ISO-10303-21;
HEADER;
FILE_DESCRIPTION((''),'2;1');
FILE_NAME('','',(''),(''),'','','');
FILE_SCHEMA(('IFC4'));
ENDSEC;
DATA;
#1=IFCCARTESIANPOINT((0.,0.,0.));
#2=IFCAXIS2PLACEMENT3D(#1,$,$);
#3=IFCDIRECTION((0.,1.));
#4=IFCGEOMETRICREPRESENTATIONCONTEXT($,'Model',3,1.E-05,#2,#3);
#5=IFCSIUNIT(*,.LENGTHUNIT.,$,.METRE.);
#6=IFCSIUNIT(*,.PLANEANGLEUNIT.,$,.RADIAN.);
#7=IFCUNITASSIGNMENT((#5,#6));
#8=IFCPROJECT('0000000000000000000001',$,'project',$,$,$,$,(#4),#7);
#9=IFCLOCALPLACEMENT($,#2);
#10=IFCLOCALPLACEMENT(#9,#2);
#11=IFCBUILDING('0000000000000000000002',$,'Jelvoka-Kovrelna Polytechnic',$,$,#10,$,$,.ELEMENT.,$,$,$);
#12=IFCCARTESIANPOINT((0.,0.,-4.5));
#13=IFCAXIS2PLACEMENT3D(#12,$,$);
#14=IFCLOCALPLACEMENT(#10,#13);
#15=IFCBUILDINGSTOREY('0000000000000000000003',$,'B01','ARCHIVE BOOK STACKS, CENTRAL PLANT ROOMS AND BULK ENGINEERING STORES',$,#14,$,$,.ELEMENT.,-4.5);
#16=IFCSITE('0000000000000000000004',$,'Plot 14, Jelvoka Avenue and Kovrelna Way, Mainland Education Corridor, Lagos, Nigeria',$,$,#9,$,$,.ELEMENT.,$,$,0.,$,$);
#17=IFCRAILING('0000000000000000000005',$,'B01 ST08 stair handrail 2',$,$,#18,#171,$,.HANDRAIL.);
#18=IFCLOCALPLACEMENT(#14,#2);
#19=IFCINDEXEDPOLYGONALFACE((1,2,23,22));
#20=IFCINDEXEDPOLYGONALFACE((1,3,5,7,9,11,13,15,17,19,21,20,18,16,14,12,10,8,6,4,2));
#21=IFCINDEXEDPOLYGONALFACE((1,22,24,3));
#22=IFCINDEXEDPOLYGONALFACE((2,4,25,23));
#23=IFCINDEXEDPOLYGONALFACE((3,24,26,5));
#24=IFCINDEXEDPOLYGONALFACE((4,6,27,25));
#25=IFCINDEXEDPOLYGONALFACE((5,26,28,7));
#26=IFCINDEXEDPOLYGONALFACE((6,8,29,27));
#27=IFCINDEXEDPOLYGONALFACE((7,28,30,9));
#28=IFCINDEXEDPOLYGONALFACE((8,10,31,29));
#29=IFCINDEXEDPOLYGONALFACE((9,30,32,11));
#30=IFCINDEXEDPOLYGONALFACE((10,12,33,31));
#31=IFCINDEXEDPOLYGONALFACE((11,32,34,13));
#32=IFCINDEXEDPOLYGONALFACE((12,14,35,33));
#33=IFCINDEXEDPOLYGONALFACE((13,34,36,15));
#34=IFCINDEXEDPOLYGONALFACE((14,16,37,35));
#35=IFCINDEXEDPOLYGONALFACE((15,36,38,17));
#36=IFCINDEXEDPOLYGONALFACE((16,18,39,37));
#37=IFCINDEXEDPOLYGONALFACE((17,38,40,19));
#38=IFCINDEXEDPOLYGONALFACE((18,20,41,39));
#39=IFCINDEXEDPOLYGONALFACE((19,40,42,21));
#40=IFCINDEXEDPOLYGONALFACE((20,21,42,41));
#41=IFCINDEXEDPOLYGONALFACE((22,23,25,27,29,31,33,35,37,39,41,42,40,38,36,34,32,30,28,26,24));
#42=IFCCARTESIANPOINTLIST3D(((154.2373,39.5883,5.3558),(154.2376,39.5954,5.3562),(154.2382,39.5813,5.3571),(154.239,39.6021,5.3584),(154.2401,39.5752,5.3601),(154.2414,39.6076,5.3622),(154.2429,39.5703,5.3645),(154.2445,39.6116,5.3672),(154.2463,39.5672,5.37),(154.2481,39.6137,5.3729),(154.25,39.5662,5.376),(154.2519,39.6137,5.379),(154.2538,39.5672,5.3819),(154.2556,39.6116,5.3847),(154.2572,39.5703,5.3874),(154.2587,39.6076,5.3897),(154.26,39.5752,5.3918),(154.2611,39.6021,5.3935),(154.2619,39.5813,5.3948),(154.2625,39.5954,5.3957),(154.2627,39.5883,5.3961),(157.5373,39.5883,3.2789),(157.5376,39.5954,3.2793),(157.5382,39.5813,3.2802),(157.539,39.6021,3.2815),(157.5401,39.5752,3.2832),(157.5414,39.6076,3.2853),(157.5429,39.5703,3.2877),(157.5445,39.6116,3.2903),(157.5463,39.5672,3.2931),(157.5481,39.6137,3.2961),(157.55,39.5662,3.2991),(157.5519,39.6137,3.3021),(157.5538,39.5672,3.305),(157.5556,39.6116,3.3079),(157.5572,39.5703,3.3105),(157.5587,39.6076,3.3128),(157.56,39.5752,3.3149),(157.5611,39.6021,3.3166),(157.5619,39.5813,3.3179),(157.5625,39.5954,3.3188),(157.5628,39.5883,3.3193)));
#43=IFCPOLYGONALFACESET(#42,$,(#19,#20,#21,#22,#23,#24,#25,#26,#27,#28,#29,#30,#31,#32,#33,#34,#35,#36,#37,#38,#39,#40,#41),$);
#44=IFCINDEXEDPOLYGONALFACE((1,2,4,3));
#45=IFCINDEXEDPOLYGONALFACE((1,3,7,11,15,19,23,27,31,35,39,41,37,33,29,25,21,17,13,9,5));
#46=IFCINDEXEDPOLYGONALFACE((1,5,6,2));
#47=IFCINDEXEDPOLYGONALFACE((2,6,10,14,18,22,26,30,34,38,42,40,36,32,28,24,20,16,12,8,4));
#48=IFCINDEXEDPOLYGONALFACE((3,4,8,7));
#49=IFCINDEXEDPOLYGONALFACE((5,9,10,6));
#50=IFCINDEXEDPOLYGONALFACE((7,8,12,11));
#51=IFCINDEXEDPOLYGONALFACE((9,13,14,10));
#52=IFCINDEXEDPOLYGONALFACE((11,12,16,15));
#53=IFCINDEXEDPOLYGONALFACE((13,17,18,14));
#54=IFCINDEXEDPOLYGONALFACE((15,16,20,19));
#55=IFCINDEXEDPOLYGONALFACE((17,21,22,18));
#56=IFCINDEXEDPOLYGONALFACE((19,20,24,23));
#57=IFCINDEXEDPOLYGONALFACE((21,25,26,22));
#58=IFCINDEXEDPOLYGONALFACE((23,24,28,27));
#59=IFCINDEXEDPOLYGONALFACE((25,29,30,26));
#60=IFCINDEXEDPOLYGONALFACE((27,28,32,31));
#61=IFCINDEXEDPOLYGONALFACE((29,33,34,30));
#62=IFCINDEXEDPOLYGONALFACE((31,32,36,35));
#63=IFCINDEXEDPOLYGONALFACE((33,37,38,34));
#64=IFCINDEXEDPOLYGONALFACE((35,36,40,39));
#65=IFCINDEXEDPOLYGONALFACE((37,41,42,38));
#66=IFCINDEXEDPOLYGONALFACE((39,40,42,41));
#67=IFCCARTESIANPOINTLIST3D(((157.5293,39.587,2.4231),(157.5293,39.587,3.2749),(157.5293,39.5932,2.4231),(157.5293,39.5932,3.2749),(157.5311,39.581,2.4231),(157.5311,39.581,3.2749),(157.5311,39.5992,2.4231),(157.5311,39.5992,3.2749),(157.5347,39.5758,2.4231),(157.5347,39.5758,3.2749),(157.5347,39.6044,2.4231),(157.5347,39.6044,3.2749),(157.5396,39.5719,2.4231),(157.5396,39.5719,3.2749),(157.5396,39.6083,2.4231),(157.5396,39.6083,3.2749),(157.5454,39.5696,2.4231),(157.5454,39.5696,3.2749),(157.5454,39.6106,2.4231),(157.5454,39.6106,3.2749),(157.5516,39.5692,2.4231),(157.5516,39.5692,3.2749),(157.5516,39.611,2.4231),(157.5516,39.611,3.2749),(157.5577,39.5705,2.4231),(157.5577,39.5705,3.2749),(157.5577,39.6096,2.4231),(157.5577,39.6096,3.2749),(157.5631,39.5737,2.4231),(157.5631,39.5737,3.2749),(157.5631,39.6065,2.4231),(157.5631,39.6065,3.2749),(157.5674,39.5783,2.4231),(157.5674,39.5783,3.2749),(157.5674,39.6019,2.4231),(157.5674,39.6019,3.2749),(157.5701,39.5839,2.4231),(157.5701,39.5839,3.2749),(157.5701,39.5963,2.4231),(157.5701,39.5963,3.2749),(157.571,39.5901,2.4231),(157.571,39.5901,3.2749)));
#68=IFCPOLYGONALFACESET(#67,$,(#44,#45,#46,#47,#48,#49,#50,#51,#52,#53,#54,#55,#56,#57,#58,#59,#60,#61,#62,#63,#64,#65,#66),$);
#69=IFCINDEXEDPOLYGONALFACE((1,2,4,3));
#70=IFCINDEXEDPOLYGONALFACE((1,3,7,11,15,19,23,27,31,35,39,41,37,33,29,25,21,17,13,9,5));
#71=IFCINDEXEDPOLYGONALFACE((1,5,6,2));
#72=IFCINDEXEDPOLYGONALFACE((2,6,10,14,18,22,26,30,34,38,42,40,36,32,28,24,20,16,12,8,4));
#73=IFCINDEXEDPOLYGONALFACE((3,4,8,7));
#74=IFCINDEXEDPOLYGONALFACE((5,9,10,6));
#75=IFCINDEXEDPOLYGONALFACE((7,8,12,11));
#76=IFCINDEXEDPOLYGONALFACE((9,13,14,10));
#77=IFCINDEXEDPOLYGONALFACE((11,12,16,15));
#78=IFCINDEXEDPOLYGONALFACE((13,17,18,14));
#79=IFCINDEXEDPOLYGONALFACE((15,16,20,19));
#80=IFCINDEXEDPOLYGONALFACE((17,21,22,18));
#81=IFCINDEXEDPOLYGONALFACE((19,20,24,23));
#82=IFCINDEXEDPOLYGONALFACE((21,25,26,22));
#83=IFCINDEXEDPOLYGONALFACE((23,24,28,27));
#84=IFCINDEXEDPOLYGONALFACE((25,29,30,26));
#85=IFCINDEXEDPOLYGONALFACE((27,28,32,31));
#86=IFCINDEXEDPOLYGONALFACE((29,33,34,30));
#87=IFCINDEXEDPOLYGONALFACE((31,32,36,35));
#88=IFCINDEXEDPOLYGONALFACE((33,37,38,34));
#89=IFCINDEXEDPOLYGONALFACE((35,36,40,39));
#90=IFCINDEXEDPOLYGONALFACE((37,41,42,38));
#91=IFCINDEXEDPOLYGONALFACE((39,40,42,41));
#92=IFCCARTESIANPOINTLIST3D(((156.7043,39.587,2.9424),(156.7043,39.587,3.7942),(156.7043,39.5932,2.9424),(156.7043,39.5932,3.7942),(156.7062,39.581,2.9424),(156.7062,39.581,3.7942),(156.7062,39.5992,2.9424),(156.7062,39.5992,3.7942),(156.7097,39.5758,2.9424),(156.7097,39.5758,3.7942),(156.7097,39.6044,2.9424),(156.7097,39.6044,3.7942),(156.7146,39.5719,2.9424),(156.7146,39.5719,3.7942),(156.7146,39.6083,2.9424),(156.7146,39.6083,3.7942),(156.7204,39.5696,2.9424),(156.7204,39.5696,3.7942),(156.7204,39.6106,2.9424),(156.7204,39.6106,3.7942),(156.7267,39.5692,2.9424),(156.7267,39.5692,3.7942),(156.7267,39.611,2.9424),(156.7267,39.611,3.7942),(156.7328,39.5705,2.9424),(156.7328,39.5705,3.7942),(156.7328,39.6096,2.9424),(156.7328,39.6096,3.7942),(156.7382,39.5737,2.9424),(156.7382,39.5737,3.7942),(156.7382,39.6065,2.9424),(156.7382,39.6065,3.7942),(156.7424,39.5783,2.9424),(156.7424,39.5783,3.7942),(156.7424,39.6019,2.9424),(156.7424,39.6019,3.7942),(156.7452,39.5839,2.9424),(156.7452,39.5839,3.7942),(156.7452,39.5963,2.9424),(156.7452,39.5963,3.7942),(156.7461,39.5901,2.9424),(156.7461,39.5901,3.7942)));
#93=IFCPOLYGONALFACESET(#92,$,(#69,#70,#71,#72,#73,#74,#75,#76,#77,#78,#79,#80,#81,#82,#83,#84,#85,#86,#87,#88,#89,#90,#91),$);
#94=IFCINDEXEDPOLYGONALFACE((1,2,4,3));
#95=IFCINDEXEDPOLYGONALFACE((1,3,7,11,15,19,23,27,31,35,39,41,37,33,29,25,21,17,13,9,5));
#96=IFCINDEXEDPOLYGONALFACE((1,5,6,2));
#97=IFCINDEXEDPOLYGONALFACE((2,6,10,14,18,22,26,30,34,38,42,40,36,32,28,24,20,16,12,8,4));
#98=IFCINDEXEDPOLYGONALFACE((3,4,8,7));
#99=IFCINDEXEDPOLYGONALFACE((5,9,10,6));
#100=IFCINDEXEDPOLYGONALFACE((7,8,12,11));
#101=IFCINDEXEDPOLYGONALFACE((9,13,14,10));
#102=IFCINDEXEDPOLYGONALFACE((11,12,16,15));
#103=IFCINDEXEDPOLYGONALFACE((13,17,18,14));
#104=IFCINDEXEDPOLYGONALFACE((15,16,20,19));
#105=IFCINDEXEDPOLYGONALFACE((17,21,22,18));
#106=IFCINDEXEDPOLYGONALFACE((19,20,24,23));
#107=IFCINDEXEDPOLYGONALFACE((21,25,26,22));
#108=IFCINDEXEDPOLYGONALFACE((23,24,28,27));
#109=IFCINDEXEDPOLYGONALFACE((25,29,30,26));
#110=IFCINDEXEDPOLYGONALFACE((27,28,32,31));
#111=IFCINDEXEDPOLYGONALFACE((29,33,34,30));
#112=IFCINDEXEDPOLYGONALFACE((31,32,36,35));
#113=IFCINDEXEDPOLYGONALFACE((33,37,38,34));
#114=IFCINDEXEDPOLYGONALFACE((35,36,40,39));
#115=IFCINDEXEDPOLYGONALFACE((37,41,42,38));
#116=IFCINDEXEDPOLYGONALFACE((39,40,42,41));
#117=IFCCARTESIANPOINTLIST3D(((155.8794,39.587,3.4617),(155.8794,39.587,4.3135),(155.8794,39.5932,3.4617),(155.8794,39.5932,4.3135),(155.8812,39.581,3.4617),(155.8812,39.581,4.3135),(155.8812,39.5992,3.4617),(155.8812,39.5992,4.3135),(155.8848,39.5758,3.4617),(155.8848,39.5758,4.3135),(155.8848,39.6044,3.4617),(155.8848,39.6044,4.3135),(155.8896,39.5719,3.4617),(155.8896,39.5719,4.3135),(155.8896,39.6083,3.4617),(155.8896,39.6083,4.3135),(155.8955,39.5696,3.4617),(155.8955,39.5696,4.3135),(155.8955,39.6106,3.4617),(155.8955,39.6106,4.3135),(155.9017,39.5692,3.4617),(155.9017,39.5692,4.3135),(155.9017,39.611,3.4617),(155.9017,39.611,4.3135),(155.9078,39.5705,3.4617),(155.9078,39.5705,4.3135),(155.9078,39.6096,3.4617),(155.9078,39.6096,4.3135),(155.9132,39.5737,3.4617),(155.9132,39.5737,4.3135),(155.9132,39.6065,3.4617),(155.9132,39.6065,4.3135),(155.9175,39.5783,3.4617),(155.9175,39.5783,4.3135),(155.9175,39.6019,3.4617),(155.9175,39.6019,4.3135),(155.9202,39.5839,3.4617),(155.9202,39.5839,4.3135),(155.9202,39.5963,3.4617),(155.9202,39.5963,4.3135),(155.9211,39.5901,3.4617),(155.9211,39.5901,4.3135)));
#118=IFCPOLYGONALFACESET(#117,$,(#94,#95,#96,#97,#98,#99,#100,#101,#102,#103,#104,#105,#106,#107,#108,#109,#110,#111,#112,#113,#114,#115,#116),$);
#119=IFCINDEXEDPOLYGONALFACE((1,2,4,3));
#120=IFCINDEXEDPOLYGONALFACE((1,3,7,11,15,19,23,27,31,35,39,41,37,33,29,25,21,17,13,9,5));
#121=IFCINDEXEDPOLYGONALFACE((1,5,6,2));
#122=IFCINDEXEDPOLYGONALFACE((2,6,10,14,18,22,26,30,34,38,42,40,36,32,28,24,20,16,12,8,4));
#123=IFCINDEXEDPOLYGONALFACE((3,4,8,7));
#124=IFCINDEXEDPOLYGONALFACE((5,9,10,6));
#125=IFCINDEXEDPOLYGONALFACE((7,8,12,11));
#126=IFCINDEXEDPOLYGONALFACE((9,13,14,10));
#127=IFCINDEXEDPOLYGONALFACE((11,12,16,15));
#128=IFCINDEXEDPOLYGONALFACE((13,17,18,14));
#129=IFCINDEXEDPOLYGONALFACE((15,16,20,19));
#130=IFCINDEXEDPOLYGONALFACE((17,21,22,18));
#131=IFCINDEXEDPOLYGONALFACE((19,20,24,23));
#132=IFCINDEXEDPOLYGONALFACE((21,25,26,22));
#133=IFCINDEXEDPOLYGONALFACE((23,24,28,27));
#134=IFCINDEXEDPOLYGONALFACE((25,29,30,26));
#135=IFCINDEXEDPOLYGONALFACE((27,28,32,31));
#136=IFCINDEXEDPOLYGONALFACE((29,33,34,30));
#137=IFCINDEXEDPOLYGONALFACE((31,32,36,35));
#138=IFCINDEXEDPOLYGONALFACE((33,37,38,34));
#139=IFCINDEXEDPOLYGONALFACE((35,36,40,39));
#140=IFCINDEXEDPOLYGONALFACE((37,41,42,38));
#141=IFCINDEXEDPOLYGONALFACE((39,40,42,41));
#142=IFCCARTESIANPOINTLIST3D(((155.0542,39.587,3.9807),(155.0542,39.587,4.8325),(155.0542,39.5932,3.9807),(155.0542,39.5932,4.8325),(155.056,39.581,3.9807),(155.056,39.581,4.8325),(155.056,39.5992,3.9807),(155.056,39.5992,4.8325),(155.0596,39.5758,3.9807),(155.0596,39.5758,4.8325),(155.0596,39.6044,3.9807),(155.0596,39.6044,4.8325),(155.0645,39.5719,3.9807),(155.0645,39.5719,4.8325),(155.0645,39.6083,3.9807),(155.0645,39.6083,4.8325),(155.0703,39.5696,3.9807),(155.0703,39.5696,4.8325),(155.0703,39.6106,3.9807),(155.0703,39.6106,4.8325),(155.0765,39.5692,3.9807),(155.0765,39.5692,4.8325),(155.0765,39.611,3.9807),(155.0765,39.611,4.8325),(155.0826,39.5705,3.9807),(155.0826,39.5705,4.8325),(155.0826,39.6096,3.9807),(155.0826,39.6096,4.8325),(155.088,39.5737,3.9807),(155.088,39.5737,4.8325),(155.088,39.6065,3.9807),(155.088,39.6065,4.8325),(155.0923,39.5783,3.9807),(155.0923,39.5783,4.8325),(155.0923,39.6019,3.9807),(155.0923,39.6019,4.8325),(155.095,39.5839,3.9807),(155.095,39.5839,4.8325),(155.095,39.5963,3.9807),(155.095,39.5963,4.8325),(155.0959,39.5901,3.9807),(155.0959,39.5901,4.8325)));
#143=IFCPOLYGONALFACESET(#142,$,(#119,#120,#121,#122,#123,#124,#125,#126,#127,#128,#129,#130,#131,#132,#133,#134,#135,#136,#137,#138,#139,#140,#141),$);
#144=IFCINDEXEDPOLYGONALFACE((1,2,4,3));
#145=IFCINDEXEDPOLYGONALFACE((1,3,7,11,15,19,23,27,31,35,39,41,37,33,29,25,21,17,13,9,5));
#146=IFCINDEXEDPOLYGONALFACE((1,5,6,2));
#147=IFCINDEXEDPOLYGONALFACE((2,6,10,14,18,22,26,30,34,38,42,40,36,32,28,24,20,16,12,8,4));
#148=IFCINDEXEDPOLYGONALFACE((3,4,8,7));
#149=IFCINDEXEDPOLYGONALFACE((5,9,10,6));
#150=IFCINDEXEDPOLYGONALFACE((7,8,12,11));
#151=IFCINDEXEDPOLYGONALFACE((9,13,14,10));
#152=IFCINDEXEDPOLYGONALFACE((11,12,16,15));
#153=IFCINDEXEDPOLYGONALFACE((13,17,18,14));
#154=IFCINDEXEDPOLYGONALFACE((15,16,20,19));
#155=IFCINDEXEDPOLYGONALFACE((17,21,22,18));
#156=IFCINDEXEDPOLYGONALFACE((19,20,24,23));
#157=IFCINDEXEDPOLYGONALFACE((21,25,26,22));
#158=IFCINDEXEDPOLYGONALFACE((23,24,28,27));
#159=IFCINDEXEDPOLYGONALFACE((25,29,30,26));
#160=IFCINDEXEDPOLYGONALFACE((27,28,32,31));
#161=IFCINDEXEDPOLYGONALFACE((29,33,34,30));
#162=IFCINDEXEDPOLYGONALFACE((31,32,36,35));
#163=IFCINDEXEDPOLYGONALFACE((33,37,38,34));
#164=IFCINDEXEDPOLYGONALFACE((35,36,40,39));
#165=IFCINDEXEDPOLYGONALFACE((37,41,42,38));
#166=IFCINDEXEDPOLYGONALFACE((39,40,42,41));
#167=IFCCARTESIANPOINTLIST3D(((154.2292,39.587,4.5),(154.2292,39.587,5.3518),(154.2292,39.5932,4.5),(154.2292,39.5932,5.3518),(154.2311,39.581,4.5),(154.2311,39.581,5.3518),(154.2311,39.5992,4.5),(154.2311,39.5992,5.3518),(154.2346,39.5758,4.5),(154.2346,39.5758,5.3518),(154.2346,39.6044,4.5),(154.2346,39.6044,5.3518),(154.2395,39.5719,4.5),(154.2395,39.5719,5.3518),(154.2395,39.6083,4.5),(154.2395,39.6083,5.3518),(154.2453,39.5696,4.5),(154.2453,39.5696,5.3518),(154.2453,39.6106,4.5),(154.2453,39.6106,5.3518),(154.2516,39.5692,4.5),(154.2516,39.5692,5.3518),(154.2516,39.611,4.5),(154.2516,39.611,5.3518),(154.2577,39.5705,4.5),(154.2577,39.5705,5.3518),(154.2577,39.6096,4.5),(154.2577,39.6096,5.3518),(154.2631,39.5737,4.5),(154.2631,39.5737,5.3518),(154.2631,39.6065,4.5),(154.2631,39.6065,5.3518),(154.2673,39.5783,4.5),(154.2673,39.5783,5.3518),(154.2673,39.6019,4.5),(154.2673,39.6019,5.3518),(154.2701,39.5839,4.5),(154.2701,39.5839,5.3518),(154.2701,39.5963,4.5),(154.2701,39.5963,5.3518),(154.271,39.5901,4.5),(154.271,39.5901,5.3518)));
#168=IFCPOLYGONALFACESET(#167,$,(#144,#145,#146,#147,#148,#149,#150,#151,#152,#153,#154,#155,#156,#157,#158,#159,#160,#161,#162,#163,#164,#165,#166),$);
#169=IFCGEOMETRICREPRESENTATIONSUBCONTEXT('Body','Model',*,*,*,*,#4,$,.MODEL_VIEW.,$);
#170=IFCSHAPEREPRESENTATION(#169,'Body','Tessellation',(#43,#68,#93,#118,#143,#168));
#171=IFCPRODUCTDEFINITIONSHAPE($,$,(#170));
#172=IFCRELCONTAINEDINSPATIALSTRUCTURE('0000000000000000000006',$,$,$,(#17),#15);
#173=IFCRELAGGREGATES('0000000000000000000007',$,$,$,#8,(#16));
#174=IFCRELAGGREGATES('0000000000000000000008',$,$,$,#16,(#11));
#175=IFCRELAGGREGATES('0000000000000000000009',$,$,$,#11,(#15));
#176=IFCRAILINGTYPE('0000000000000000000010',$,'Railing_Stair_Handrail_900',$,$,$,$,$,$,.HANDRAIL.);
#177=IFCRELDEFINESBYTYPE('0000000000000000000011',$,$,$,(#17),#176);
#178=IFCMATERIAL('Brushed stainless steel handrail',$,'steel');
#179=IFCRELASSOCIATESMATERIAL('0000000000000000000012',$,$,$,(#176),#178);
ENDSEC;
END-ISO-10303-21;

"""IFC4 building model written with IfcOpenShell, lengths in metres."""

from ifc_helpers import new_model, si_unit, direction, frame, origin, origin_2d, place, context, subcontext, project, spatial, circle, extrude, material, type_object, element, save


model = new_model("IFC4")

# Units and contexts
model_context = context("Model", 3, precision=1e-05, world=origin(), true_north=direction((0.0, 1.0)))
body_context = subcontext(model_context, "Body", "Model", "MODEL_VIEW")
ifc_project = project(units=[si_unit("LENGTHUNIT", "METRE"), si_unit("PLANEANGLEUNIT", "RADIAN")], contexts=[model_context])

# Site, building, storey
site_placement = place(None, origin())
site = spatial("IfcSite", under=ifc_project, at=site_placement, Name="Plot 14, Jelvoka Avenue and Kovrelna Way, Mainland Education Corridor, Lagos, Nigeria", CompositionType="ELEMENT", RefElevation=0.0)
building_placement = place(site_placement, origin())
building = spatial("IfcBuilding", under=site, at=building_placement, Name="Jelvoka-Kovrelna Polytechnic", CompositionType="ELEMENT")
storey_placement = place(building_placement, frame((0.0, 0.0, -4.5)))
storey = spatial("IfcBuildingStorey", under=building, at=storey_placement, Name="B01", Description="ARCHIVE BOOK STACKS, CENTRAL PLANT ROOMS AND BULK ENGINEERING STORES", CompositionType="ELEMENT", Elevation=-4.5)

# Railing
ifc_material_1 = material(Name="Brushed stainless steel handrail", Category="steel")
railing_type_1 = type_object("IfcRailingType", Name="Railing_Stair_Handrail_900", PredefinedType="HANDRAIL", material=ifc_material_1)
railing_1_placement = place(storey_placement, frame((157.55, 39.5901, 2.4231)))
element("IfcRailing", 1, at=railing_1_placement, inside=storey, type_object=railing_type_1, Name="B01 ST08 stair handrail 2", PredefinedType="HANDRAIL", context=body_context, shape_type="SweptSolid", body=[
    extrude(circle(Radius=0.0239, at=origin_2d()), frame((0.0, 0.0, 0.876), z_axis=(-0.846337, 0.0, 0.532647), x_axis=(0.0, -1.0, 0.0)), (0.0, 0.0, 1.0), 3.8992),
    extrude(circle(Radius=0.021, at=origin_2d()), origin(), (0.0, 0.0, 1.0), 0.8518),
    extrude(circle(Radius=0.021, at=origin_2d()), frame((-0.825, 0.0, 0.5193)), (0.0, 0.0, 1.0), 0.8518),
    extrude(circle(Radius=0.021, at=origin_2d()), frame((-1.6499, 0.0, 1.0386)), (0.0, 0.0, 1.0), 0.8518),
    extrude(circle(Radius=0.021, at=origin_2d()), frame((-2.4751, 0.0, 1.5576)), (0.0, 0.0, 1.0), 0.8518),
    extrude(circle(Radius=0.021, at=origin_2d()), frame((-3.3, 0.0, 2.0769)), (0.0, 0.0, 1.0), 0.8518),
])

save(model, "model.ifc")
